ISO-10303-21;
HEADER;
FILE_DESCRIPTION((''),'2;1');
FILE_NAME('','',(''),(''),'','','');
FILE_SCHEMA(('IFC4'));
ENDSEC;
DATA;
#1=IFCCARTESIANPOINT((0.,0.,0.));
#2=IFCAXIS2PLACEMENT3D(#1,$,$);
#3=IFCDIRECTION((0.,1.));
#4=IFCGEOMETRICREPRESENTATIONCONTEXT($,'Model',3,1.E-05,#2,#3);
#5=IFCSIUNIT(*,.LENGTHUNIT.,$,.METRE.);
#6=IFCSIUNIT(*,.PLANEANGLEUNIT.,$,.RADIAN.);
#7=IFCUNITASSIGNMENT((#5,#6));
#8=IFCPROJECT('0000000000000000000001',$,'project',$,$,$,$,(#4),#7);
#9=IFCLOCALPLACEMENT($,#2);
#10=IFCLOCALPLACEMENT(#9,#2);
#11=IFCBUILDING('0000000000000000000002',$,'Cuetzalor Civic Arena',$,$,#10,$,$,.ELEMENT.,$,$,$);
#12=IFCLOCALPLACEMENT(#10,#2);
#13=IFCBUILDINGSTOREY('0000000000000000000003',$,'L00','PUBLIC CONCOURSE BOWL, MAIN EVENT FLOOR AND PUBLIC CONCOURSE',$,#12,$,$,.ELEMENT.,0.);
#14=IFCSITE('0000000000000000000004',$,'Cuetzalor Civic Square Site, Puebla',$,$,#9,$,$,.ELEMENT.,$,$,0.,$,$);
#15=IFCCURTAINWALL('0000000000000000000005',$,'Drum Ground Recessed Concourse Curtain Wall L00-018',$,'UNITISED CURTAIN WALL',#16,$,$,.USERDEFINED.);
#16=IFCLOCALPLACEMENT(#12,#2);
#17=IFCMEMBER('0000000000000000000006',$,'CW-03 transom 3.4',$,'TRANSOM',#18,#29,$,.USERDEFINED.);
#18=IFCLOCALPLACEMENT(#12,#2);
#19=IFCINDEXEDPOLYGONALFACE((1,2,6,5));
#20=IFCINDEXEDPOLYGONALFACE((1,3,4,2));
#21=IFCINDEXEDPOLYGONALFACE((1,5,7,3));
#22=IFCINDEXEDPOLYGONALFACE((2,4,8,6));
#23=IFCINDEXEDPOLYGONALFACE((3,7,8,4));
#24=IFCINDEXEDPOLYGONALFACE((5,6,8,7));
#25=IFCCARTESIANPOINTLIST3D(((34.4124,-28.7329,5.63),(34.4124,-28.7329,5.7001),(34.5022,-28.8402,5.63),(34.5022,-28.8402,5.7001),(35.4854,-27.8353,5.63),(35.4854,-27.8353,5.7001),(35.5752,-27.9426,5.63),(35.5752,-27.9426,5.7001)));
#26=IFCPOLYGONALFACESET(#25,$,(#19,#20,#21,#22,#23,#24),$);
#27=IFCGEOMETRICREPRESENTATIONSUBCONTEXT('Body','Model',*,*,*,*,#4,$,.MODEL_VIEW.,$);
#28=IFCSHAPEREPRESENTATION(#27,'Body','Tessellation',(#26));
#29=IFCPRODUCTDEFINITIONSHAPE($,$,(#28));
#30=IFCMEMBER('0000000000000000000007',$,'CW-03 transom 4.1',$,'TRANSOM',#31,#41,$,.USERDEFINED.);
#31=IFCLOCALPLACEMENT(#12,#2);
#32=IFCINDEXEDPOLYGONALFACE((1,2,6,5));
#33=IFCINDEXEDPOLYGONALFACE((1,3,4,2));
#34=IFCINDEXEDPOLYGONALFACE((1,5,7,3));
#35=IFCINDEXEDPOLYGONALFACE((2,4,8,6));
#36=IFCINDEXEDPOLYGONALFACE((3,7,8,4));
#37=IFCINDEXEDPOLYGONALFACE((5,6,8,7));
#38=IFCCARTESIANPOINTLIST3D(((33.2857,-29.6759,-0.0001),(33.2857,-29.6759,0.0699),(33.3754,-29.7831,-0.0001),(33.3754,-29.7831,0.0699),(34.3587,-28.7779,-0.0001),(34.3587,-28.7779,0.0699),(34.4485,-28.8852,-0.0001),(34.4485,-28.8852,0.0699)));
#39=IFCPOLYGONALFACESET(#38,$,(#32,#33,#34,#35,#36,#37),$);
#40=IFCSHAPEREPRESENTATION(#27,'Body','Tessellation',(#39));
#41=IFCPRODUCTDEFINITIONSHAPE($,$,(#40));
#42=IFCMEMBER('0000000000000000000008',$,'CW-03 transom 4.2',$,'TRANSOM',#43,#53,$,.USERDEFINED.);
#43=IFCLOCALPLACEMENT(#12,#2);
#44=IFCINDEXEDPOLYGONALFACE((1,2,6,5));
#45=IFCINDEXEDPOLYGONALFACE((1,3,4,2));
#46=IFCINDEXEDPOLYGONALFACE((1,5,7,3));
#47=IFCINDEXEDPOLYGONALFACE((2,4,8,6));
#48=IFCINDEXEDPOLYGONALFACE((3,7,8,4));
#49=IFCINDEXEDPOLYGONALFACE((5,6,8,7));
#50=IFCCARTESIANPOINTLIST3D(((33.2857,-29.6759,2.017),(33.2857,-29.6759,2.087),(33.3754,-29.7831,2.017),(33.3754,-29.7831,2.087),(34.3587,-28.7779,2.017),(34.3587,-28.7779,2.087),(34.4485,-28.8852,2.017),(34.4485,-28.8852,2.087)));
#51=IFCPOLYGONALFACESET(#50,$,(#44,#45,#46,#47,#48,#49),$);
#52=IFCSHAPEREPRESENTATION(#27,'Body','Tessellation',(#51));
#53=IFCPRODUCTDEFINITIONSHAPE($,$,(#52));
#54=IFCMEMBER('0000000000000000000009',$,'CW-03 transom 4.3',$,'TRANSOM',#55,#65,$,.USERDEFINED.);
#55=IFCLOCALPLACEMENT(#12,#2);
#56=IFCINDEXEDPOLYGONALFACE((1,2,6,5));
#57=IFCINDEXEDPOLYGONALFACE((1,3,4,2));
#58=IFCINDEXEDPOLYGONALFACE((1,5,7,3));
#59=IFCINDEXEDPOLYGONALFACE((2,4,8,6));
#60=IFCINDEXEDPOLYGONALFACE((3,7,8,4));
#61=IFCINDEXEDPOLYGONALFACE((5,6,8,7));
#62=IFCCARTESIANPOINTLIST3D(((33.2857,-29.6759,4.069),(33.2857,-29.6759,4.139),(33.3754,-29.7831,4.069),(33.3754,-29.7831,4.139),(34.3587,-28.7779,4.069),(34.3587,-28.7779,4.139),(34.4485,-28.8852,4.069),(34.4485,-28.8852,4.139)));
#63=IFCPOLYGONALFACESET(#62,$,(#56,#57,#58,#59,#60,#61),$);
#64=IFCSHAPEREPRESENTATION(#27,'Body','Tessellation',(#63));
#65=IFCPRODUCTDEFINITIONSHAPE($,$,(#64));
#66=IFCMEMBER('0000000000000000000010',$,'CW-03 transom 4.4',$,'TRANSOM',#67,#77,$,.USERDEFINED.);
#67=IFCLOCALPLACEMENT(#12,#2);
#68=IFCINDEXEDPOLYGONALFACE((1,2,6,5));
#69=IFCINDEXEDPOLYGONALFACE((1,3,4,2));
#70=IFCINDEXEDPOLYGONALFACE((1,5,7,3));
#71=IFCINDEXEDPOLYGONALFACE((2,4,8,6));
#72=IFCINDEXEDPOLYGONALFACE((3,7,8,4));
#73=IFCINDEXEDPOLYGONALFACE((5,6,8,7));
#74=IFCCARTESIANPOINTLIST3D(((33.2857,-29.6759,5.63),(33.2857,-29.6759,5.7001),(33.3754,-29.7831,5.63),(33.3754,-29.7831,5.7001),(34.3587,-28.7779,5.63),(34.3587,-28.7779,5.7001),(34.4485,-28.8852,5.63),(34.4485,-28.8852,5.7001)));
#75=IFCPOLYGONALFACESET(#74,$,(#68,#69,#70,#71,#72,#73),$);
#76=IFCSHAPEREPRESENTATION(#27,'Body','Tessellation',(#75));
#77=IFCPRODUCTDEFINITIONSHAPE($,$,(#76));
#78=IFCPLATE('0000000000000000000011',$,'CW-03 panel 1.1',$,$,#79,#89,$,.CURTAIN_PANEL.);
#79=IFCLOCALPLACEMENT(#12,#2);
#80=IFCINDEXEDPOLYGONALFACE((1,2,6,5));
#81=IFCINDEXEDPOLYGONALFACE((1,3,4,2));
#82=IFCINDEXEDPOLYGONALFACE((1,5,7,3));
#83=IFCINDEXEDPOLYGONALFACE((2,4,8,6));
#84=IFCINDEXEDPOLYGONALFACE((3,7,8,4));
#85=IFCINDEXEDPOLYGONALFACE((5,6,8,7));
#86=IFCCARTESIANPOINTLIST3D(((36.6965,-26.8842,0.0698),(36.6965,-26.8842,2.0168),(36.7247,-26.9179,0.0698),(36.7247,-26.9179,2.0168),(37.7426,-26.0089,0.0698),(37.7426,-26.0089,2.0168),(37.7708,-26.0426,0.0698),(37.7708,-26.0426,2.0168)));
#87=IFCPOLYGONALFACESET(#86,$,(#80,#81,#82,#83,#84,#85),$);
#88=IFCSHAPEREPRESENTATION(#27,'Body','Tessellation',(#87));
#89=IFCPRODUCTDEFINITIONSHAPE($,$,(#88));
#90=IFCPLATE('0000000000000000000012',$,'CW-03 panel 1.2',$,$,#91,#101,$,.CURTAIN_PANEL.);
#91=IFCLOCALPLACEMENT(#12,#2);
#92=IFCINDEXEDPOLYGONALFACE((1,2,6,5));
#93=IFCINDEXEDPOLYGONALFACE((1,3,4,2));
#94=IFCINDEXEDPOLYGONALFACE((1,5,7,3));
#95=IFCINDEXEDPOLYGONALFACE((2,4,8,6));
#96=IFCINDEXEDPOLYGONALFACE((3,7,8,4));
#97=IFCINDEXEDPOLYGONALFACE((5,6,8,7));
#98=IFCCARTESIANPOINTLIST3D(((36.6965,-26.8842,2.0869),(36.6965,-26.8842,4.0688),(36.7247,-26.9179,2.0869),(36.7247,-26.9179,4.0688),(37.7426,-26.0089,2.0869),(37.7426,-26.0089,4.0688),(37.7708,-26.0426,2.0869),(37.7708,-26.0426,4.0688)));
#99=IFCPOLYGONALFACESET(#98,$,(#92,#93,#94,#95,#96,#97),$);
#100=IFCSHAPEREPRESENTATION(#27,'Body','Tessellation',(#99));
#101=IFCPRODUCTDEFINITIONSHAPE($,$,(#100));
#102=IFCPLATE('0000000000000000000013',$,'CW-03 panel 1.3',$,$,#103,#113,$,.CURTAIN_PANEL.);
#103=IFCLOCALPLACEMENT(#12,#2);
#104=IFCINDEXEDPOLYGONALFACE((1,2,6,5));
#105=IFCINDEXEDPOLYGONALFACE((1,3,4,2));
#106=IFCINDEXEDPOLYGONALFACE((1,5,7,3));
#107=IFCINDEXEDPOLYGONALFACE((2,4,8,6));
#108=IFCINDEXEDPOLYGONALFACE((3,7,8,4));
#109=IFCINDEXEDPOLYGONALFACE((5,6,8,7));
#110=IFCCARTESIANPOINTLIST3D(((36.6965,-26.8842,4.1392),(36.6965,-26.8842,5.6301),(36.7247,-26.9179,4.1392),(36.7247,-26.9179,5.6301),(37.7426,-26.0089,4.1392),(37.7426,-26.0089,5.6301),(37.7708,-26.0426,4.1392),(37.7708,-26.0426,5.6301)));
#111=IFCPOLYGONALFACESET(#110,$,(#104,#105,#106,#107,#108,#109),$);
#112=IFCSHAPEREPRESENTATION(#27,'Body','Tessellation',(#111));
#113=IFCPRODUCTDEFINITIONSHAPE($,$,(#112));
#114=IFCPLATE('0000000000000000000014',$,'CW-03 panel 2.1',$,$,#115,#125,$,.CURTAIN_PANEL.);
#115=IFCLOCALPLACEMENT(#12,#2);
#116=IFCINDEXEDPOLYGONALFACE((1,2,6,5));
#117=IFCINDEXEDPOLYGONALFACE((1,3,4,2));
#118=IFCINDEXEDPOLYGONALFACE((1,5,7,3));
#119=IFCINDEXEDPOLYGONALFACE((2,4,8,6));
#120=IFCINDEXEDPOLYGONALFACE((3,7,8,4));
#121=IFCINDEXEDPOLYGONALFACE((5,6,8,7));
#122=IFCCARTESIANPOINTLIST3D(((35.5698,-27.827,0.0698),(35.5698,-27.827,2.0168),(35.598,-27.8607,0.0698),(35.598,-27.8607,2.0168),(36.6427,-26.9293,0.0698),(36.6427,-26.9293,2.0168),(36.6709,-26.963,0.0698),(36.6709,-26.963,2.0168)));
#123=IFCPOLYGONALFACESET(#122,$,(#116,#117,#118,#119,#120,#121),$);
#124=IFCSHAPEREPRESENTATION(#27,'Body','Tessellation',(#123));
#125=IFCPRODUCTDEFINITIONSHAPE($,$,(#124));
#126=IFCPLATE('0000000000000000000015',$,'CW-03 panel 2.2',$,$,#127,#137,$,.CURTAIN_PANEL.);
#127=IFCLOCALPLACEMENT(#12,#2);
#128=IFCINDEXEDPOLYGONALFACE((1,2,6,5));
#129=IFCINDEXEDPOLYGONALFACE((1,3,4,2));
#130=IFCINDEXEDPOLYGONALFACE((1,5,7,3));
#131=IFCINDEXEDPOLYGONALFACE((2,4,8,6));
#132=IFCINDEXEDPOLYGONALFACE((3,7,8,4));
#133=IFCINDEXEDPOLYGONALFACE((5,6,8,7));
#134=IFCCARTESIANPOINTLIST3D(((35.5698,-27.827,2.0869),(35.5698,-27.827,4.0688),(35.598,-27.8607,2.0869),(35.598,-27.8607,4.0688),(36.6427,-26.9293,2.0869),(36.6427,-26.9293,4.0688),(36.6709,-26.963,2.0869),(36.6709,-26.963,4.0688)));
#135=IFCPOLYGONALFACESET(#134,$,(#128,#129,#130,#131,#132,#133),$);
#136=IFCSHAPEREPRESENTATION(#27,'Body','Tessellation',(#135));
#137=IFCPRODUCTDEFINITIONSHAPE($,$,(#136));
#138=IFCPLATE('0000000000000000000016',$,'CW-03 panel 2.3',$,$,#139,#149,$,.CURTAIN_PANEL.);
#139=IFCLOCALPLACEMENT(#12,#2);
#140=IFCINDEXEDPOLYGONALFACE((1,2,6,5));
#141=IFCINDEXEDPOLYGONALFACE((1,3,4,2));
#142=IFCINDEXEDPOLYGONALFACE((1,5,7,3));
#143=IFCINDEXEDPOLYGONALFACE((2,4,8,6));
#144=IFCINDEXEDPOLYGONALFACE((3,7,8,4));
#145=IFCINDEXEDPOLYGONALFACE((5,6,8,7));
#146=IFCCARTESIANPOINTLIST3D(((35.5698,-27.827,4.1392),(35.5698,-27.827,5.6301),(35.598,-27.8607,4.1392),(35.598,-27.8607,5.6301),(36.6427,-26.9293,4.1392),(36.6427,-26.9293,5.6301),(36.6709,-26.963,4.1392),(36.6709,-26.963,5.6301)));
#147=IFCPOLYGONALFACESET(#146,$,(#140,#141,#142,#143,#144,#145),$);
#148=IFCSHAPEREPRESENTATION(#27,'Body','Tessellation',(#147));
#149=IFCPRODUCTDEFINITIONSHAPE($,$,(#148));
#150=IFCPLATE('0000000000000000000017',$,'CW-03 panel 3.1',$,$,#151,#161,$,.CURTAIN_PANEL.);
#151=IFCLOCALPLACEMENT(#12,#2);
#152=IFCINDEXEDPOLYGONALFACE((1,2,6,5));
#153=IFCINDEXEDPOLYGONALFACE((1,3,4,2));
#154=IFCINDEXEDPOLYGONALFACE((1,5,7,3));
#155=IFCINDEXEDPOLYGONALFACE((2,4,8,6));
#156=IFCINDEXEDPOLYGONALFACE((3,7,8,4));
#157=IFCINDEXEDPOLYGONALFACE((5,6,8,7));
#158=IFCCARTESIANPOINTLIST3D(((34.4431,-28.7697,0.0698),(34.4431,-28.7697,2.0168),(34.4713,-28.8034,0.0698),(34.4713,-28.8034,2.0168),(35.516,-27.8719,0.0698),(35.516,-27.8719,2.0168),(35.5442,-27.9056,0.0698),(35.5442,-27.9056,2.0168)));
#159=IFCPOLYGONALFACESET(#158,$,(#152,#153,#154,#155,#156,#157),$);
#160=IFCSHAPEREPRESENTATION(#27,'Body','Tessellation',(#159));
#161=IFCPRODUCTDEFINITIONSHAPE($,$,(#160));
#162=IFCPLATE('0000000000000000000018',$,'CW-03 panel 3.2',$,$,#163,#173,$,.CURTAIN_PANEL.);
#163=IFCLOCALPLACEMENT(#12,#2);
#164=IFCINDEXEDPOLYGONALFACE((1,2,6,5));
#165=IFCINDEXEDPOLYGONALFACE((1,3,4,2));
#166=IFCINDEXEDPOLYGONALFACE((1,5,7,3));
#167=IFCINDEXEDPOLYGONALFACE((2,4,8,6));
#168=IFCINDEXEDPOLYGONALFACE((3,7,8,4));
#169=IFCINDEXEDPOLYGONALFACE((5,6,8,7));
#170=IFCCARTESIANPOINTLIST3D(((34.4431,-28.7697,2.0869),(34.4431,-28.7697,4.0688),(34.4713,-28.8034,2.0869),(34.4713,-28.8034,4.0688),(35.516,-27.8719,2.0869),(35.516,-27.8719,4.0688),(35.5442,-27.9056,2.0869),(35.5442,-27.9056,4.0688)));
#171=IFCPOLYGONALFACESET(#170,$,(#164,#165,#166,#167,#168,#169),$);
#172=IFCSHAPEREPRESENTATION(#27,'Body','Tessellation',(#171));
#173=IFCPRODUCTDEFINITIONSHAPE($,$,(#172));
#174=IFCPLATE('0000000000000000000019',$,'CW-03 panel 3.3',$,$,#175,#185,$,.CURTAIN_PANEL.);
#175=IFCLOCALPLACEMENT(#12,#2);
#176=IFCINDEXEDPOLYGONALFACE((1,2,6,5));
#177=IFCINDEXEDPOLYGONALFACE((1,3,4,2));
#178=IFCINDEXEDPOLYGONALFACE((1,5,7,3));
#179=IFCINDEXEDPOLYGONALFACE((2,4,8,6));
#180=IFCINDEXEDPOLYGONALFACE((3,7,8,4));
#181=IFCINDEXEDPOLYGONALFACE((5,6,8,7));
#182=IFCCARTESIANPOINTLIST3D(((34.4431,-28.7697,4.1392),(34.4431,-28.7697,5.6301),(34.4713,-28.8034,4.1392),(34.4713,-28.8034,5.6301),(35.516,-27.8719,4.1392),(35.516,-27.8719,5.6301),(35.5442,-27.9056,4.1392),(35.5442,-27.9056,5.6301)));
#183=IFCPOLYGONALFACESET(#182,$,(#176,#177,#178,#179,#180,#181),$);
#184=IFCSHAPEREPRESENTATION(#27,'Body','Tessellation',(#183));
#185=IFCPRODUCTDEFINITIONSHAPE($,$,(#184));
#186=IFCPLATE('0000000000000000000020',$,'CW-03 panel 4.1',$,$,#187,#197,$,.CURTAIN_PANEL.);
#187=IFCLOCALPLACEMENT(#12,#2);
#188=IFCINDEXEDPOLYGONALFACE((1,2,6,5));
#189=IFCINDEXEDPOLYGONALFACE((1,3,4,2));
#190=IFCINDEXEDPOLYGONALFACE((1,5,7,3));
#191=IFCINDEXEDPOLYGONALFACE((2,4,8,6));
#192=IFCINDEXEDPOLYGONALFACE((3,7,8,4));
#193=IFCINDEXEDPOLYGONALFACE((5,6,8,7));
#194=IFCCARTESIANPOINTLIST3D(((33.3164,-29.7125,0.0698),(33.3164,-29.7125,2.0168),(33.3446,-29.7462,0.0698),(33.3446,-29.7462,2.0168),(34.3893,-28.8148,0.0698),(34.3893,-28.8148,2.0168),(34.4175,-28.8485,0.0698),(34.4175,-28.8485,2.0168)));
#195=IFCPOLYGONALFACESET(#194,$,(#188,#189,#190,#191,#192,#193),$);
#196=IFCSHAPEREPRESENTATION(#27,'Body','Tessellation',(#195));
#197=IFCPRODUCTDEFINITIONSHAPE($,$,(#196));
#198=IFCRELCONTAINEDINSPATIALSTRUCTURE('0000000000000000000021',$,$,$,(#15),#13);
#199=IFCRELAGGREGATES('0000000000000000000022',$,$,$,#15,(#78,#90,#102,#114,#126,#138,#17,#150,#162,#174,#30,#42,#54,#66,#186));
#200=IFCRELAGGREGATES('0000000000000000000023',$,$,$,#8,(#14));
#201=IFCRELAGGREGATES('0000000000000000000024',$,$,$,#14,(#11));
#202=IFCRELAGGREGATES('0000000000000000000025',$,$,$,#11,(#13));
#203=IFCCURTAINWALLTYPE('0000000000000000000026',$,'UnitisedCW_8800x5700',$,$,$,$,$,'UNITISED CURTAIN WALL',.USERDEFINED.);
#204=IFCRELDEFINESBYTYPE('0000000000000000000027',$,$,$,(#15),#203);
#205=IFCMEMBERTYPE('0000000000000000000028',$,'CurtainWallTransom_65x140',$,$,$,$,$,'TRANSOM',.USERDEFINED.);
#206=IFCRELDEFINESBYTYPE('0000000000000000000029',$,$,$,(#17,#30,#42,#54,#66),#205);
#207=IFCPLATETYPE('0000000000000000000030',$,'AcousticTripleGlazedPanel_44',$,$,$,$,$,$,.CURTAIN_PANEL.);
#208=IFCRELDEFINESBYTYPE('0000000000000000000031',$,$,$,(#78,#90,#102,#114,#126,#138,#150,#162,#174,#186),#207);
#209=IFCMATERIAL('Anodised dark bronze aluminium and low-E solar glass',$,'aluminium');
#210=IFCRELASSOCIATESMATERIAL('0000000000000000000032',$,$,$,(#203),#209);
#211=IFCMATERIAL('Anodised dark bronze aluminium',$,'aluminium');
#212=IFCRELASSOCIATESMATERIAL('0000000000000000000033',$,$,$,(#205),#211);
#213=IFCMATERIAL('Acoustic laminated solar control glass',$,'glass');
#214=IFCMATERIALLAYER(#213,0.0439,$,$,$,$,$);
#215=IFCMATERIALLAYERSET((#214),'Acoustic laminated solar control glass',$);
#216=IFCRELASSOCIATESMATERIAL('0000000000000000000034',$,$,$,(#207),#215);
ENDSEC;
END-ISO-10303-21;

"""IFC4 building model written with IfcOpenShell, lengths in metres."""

from ifc_helpers import new_model, si_unit, direction, frame, origin, origin_2d, place, context, subcontext, project, spatial, rectangle, extrude, material, layer, layer_set, material_profile, profile_set, type_object, element, aggregate, save


model = new_model("IFC4")

# Units and contexts
model_context = context("Model", 3, precision=1e-05, world=origin(), true_north=direction((0.0, 1.0)))
body_context = subcontext(model_context, "Body", "Model", "MODEL_VIEW")
ifc_project = project(units=[si_unit("LENGTHUNIT", "METRE"), si_unit("PLANEANGLEUNIT", "RADIAN")], contexts=[model_context])

# Site, building, storey
site_placement = place(None, origin())
site = spatial("IfcSite", under=ifc_project, at=site_placement, Name="Cuetzalor Civic Square Site, Puebla", CompositionType="ELEMENT", RefElevation=0.0)
building_placement = place(site_placement, origin())
building = spatial("IfcBuilding", under=site, at=building_placement, Name="Cuetzalor Civic Arena", CompositionType="ELEMENT")
storey_placement = place(building_placement, origin())
storey = spatial("IfcBuildingStorey", under=building, at=storey_placement, Name="L00", Description="PUBLIC CONCOURSE BOWL, MAIN EVENT FLOOR AND PUBLIC CONCOURSE", CompositionType="ELEMENT", Elevation=0.0)

# Curtain wall, members, plates
ifc_material_1 = material(Name="Anodised dark bronze aluminium and low-E solar glass", Category="aluminium")
curtain_wall_type = type_object("IfcCurtainWallType", Name="UnitisedCW_8800x5700", ElementType="UNITISED CURTAIN WALL", PredefinedType="USERDEFINED", material=ifc_material_1)
curtain_wall_placement = place(storey_placement, origin())
curtain_wall = element("IfcCurtainWall", 1, at=curtain_wall_placement, inside=storey, type_object=curtain_wall_type, Name="Drum Ground Recessed Concourse Curtain Wall L00-018", ObjectType="UNITISED CURTAIN WALL", PredefinedType="USERDEFINED")
ifc_material_2 = material(Name="Anodised dark bronze aluminium", Category="aluminium")
ifc_material_profile_1 = material_profile(ifc_material_2, rectangle(XDim=0.1399, YDim=0.0701, at=origin_2d()), Name="ALU TRANSOM 70x140")
ifc_profile_set_1 = profile_set([ifc_material_profile_1], Name="Anodised dark bronze aluminium")
member_type_1 = type_object("IfcMemberType", Name="CurtainWallTransom_65x140", ElementType="TRANSOM", PredefinedType="USERDEFINED", material=ifc_profile_set_1)
member_1_placement = place(storey_placement, frame((35.5303, -27.8889, 5.665), z_axis=(-0.766975, -0.641677, 0.0), x_axis=(0.641677, -0.766975, 0.0)))
member_1 = element("IfcMember", 2, at=member_1_placement, type_object=member_type_1, Name="CW-03 transom 3.4", ObjectType="TRANSOM", PredefinedType="USERDEFINED", context=body_context, shape_type="SweptSolid", body=[
    extrude(rectangle(XDim=0.1399, YDim=0.0701, at=origin_2d()), origin(), (0.0, 0.0, 1.0), 1.3989),
])
member_2_placement = place(storey_placement, frame((34.4036, -28.8315, 0.0349), z_axis=(-0.766889, -0.641779, 0.0), x_axis=(0.641779, -0.766889, 0.0)))
member_2 = element("IfcMember", 3, at=member_2_placement, type_object=member_type_1, Name="CW-03 transom 4.1", ObjectType="TRANSOM", PredefinedType="USERDEFINED", context=body_context, shape_type="SweptSolid", body=[
    extrude(rectangle(XDim=0.1399, YDim=0.0701, at=origin_2d()), origin(), (0.0, 0.0, 1.0), 1.3992),
])
member_3_placement = place(storey_placement, frame((34.4036, -28.8315, 2.052), z_axis=(-0.766889, -0.641779, 0.0), x_axis=(0.641779, -0.766889, 0.0)))
member_3 = element("IfcMember", 4, at=member_3_placement, type_object=member_type_1, Name="CW-03 transom 4.2", ObjectType="TRANSOM", PredefinedType="USERDEFINED", context=body_context, shape_type="SweptSolid", body=[
    extrude(rectangle(XDim=0.1399, YDim=0.0701, at=origin_2d()), origin(), (0.0, 0.0, 1.0), 1.3992),
])
member_4_placement = place(storey_placement, frame((34.4036, -28.8315, 4.104), z_axis=(-0.766889, -0.641779, 0.0), x_axis=(0.641779, -0.766889, 0.0)))
member_4 = element("IfcMember", 5, at=member_4_placement, type_object=member_type_1, Name="CW-03 transom 4.3", ObjectType="TRANSOM", PredefinedType="USERDEFINED", context=body_context, shape_type="SweptSolid", body=[
    extrude(rectangle(XDim=0.1399, YDim=0.0701, at=origin_2d()), origin(), (0.0, 0.0, 1.0), 1.3992),
])
member_5_placement = place(storey_placement, frame((34.4036, -28.8315, 5.665), z_axis=(-0.766889, -0.641779, 0.0), x_axis=(0.641779, -0.766889, 0.0)))
member_5 = element("IfcMember", 6, at=member_5_placement, type_object=member_type_1, Name="CW-03 transom 4.4", ObjectType="TRANSOM", PredefinedType="USERDEFINED", context=body_context, shape_type="SweptSolid", body=[
    extrude(rectangle(XDim=0.1399, YDim=0.0701, at=origin_2d()), origin(), (0.0, 0.0, 1.0), 1.3992),
])
ifc_material_3 = material(Name="Acoustic laminated solar control glass", Category="glass")
ifc_layer = layer(ifc_material_3, 0.0439)
ifc_layer_set = layer_set([ifc_layer], Name="Acoustic laminated solar control glass")
plate_type = type_object("IfcPlateType", Name="AcousticTripleGlazedPanel_44", PredefinedType="CURTAIN_PANEL", material=ifc_layer_set)
plate_1_placement = place(storey_placement, frame((37.2336, -26.4634, 0.0698), z_axis=(0.0, 0.0, 1.0), x_axis=(-0.766928, -0.641733, 0.0)))
plate_1 = element("IfcPlate", 7, at=plate_1_placement, type_object=plate_type, Name="CW-03 panel 1.1", PredefinedType="CURTAIN_PANEL", context=body_context, shape_type="SweptSolid", body=[
    extrude(rectangle(XDim=1.364, YDim=0.0439, at=origin_2d()), origin(), (0.0, 0.0, 1.0), 1.947),
])
plate_2_placement = place(storey_placement, frame((37.2336, -26.4634, 2.0869), z_axis=(0.0, 0.0, 1.0), x_axis=(-0.766928, -0.641733, 0.0)))
plate_2 = element("IfcPlate", 8, at=plate_2_placement, type_object=plate_type, Name="CW-03 panel 1.2", PredefinedType="CURTAIN_PANEL", context=body_context, shape_type="SweptSolid", body=[
    extrude(rectangle(XDim=1.364, YDim=0.0439, at=origin_2d()), origin(), (0.0, 0.0, 1.0), 1.9819),
])
plate_3_placement = place(storey_placement, frame((37.2336, -26.4634, 4.1392), z_axis=(0.0, 0.0, 1.0), x_axis=(-0.766928, -0.641733, 0.0)))
plate_3 = element("IfcPlate", 9, at=plate_3_placement, type_object=plate_type, Name="CW-03 panel 1.3", PredefinedType="CURTAIN_PANEL", context=body_context, shape_type="SweptSolid", body=[
    extrude(rectangle(XDim=1.364, YDim=0.0439, at=origin_2d()), origin(), (0.0, 0.0, 1.0), 1.491),
])
plate_4_placement = place(storey_placement, frame((36.1204, -27.395, 0.0698), z_axis=(0.0, 0.0, 1.0), x_axis=(-0.766928, -0.641733, 0.0)))
plate_4 = element("IfcPlate", 10, at=plate_4_placement, type_object=plate_type, Name="CW-03 panel 2.1", PredefinedType="CURTAIN_PANEL", context=body_context, shape_type="SweptSolid", body=[
    extrude(rectangle(XDim=1.3989, YDim=0.0439, at=origin_2d()), origin(), (0.0, 0.0, 1.0), 1.947),
])
plate_5_placement = place(storey_placement, frame((36.1204, -27.395, 2.0869), z_axis=(0.0, 0.0, 1.0), x_axis=(-0.766928, -0.641733, 0.0)))
plate_5 = element("IfcPlate", 11, at=plate_5_placement, type_object=plate_type, Name="CW-03 panel 2.2", PredefinedType="CURTAIN_PANEL", context=body_context, shape_type="SweptSolid", body=[
    extrude(rectangle(XDim=1.3989, YDim=0.0439, at=origin_2d()), origin(), (0.0, 0.0, 1.0), 1.9819),
])
plate_6_placement = place(storey_placement, frame((36.1204, -27.395, 4.1392), z_axis=(0.0, 0.0, 1.0), x_axis=(-0.766928, -0.641733, 0.0)))
plate_6 = element("IfcPlate", 12, at=plate_6_placement, type_object=plate_type, Name="CW-03 panel 2.3", PredefinedType="CURTAIN_PANEL", context=body_context, shape_type="SweptSolid", body=[
    extrude(rectangle(XDim=1.3989, YDim=0.0439, at=origin_2d()), origin(), (0.0, 0.0, 1.0), 1.491),
])
plate_7_placement = place(storey_placement, frame((34.9937, -28.3376, 0.0698), z_axis=(0.0, 0.0, 1.0), x_axis=(-0.766928, -0.641733, 0.0)))
plate_7 = element("IfcPlate", 13, at=plate_7_placement, type_object=plate_type, Name="CW-03 panel 3.1", PredefinedType="CURTAIN_PANEL", context=body_context, shape_type="SweptSolid", body=[
    extrude(rectangle(XDim=1.3989, YDim=0.0439, at=origin_2d()), origin(), (0.0, 0.0, 1.0), 1.947),
])
plate_8_placement = place(storey_placement, frame((34.9937, -28.3376, 2.0869), z_axis=(0.0, 0.0, 1.0), x_axis=(-0.766928, -0.641733, 0.0)))
plate_8 = element("IfcPlate", 14, at=plate_8_placement, type_object=plate_type, Name="CW-03 panel 3.2", PredefinedType="CURTAIN_PANEL", context=body_context, shape_type="SweptSolid", body=[
    extrude(rectangle(XDim=1.3989, YDim=0.0439, at=origin_2d()), origin(), (0.0, 0.0, 1.0), 1.9819),
])
plate_9_placement = place(storey_placement, frame((34.9937, -28.3376, 4.1392), z_axis=(0.0, 0.0, 1.0), x_axis=(-0.766928, -0.641733, 0.0)))
plate_9 = element("IfcPlate", 15, at=plate_9_placement, type_object=plate_type, Name="CW-03 panel 3.3", PredefinedType="CURTAIN_PANEL", context=body_context, shape_type="SweptSolid", body=[
    extrude(rectangle(XDim=1.3989, YDim=0.0439, at=origin_2d()), origin(), (0.0, 0.0, 1.0), 1.491),
])
plate_10_placement = place(storey_placement, frame((33.8669, -29.2805, 0.0698), z_axis=(0.0, 0.0, 1.0), x_axis=(-0.766928, -0.641733, 0.0)))
plate_10 = element("IfcPlate", 16, at=plate_10_placement, type_object=plate_type, Name="CW-03 panel 4.1", PredefinedType="CURTAIN_PANEL", context=body_context, shape_type="SweptSolid", body=[
    extrude(rectangle(XDim=1.3989, YDim=0.0439, at=origin_2d()), origin(), (0.0, 0.0, 1.0), 1.947),
])
aggregate(curtain_wall, [plate_1, plate_2, plate_3, plate_4, plate_5, plate_6, member_1, plate_7, plate_8, plate_9, member_2, member_3, member_4, member_5, plate_10])

save(model, "model.ifc")
